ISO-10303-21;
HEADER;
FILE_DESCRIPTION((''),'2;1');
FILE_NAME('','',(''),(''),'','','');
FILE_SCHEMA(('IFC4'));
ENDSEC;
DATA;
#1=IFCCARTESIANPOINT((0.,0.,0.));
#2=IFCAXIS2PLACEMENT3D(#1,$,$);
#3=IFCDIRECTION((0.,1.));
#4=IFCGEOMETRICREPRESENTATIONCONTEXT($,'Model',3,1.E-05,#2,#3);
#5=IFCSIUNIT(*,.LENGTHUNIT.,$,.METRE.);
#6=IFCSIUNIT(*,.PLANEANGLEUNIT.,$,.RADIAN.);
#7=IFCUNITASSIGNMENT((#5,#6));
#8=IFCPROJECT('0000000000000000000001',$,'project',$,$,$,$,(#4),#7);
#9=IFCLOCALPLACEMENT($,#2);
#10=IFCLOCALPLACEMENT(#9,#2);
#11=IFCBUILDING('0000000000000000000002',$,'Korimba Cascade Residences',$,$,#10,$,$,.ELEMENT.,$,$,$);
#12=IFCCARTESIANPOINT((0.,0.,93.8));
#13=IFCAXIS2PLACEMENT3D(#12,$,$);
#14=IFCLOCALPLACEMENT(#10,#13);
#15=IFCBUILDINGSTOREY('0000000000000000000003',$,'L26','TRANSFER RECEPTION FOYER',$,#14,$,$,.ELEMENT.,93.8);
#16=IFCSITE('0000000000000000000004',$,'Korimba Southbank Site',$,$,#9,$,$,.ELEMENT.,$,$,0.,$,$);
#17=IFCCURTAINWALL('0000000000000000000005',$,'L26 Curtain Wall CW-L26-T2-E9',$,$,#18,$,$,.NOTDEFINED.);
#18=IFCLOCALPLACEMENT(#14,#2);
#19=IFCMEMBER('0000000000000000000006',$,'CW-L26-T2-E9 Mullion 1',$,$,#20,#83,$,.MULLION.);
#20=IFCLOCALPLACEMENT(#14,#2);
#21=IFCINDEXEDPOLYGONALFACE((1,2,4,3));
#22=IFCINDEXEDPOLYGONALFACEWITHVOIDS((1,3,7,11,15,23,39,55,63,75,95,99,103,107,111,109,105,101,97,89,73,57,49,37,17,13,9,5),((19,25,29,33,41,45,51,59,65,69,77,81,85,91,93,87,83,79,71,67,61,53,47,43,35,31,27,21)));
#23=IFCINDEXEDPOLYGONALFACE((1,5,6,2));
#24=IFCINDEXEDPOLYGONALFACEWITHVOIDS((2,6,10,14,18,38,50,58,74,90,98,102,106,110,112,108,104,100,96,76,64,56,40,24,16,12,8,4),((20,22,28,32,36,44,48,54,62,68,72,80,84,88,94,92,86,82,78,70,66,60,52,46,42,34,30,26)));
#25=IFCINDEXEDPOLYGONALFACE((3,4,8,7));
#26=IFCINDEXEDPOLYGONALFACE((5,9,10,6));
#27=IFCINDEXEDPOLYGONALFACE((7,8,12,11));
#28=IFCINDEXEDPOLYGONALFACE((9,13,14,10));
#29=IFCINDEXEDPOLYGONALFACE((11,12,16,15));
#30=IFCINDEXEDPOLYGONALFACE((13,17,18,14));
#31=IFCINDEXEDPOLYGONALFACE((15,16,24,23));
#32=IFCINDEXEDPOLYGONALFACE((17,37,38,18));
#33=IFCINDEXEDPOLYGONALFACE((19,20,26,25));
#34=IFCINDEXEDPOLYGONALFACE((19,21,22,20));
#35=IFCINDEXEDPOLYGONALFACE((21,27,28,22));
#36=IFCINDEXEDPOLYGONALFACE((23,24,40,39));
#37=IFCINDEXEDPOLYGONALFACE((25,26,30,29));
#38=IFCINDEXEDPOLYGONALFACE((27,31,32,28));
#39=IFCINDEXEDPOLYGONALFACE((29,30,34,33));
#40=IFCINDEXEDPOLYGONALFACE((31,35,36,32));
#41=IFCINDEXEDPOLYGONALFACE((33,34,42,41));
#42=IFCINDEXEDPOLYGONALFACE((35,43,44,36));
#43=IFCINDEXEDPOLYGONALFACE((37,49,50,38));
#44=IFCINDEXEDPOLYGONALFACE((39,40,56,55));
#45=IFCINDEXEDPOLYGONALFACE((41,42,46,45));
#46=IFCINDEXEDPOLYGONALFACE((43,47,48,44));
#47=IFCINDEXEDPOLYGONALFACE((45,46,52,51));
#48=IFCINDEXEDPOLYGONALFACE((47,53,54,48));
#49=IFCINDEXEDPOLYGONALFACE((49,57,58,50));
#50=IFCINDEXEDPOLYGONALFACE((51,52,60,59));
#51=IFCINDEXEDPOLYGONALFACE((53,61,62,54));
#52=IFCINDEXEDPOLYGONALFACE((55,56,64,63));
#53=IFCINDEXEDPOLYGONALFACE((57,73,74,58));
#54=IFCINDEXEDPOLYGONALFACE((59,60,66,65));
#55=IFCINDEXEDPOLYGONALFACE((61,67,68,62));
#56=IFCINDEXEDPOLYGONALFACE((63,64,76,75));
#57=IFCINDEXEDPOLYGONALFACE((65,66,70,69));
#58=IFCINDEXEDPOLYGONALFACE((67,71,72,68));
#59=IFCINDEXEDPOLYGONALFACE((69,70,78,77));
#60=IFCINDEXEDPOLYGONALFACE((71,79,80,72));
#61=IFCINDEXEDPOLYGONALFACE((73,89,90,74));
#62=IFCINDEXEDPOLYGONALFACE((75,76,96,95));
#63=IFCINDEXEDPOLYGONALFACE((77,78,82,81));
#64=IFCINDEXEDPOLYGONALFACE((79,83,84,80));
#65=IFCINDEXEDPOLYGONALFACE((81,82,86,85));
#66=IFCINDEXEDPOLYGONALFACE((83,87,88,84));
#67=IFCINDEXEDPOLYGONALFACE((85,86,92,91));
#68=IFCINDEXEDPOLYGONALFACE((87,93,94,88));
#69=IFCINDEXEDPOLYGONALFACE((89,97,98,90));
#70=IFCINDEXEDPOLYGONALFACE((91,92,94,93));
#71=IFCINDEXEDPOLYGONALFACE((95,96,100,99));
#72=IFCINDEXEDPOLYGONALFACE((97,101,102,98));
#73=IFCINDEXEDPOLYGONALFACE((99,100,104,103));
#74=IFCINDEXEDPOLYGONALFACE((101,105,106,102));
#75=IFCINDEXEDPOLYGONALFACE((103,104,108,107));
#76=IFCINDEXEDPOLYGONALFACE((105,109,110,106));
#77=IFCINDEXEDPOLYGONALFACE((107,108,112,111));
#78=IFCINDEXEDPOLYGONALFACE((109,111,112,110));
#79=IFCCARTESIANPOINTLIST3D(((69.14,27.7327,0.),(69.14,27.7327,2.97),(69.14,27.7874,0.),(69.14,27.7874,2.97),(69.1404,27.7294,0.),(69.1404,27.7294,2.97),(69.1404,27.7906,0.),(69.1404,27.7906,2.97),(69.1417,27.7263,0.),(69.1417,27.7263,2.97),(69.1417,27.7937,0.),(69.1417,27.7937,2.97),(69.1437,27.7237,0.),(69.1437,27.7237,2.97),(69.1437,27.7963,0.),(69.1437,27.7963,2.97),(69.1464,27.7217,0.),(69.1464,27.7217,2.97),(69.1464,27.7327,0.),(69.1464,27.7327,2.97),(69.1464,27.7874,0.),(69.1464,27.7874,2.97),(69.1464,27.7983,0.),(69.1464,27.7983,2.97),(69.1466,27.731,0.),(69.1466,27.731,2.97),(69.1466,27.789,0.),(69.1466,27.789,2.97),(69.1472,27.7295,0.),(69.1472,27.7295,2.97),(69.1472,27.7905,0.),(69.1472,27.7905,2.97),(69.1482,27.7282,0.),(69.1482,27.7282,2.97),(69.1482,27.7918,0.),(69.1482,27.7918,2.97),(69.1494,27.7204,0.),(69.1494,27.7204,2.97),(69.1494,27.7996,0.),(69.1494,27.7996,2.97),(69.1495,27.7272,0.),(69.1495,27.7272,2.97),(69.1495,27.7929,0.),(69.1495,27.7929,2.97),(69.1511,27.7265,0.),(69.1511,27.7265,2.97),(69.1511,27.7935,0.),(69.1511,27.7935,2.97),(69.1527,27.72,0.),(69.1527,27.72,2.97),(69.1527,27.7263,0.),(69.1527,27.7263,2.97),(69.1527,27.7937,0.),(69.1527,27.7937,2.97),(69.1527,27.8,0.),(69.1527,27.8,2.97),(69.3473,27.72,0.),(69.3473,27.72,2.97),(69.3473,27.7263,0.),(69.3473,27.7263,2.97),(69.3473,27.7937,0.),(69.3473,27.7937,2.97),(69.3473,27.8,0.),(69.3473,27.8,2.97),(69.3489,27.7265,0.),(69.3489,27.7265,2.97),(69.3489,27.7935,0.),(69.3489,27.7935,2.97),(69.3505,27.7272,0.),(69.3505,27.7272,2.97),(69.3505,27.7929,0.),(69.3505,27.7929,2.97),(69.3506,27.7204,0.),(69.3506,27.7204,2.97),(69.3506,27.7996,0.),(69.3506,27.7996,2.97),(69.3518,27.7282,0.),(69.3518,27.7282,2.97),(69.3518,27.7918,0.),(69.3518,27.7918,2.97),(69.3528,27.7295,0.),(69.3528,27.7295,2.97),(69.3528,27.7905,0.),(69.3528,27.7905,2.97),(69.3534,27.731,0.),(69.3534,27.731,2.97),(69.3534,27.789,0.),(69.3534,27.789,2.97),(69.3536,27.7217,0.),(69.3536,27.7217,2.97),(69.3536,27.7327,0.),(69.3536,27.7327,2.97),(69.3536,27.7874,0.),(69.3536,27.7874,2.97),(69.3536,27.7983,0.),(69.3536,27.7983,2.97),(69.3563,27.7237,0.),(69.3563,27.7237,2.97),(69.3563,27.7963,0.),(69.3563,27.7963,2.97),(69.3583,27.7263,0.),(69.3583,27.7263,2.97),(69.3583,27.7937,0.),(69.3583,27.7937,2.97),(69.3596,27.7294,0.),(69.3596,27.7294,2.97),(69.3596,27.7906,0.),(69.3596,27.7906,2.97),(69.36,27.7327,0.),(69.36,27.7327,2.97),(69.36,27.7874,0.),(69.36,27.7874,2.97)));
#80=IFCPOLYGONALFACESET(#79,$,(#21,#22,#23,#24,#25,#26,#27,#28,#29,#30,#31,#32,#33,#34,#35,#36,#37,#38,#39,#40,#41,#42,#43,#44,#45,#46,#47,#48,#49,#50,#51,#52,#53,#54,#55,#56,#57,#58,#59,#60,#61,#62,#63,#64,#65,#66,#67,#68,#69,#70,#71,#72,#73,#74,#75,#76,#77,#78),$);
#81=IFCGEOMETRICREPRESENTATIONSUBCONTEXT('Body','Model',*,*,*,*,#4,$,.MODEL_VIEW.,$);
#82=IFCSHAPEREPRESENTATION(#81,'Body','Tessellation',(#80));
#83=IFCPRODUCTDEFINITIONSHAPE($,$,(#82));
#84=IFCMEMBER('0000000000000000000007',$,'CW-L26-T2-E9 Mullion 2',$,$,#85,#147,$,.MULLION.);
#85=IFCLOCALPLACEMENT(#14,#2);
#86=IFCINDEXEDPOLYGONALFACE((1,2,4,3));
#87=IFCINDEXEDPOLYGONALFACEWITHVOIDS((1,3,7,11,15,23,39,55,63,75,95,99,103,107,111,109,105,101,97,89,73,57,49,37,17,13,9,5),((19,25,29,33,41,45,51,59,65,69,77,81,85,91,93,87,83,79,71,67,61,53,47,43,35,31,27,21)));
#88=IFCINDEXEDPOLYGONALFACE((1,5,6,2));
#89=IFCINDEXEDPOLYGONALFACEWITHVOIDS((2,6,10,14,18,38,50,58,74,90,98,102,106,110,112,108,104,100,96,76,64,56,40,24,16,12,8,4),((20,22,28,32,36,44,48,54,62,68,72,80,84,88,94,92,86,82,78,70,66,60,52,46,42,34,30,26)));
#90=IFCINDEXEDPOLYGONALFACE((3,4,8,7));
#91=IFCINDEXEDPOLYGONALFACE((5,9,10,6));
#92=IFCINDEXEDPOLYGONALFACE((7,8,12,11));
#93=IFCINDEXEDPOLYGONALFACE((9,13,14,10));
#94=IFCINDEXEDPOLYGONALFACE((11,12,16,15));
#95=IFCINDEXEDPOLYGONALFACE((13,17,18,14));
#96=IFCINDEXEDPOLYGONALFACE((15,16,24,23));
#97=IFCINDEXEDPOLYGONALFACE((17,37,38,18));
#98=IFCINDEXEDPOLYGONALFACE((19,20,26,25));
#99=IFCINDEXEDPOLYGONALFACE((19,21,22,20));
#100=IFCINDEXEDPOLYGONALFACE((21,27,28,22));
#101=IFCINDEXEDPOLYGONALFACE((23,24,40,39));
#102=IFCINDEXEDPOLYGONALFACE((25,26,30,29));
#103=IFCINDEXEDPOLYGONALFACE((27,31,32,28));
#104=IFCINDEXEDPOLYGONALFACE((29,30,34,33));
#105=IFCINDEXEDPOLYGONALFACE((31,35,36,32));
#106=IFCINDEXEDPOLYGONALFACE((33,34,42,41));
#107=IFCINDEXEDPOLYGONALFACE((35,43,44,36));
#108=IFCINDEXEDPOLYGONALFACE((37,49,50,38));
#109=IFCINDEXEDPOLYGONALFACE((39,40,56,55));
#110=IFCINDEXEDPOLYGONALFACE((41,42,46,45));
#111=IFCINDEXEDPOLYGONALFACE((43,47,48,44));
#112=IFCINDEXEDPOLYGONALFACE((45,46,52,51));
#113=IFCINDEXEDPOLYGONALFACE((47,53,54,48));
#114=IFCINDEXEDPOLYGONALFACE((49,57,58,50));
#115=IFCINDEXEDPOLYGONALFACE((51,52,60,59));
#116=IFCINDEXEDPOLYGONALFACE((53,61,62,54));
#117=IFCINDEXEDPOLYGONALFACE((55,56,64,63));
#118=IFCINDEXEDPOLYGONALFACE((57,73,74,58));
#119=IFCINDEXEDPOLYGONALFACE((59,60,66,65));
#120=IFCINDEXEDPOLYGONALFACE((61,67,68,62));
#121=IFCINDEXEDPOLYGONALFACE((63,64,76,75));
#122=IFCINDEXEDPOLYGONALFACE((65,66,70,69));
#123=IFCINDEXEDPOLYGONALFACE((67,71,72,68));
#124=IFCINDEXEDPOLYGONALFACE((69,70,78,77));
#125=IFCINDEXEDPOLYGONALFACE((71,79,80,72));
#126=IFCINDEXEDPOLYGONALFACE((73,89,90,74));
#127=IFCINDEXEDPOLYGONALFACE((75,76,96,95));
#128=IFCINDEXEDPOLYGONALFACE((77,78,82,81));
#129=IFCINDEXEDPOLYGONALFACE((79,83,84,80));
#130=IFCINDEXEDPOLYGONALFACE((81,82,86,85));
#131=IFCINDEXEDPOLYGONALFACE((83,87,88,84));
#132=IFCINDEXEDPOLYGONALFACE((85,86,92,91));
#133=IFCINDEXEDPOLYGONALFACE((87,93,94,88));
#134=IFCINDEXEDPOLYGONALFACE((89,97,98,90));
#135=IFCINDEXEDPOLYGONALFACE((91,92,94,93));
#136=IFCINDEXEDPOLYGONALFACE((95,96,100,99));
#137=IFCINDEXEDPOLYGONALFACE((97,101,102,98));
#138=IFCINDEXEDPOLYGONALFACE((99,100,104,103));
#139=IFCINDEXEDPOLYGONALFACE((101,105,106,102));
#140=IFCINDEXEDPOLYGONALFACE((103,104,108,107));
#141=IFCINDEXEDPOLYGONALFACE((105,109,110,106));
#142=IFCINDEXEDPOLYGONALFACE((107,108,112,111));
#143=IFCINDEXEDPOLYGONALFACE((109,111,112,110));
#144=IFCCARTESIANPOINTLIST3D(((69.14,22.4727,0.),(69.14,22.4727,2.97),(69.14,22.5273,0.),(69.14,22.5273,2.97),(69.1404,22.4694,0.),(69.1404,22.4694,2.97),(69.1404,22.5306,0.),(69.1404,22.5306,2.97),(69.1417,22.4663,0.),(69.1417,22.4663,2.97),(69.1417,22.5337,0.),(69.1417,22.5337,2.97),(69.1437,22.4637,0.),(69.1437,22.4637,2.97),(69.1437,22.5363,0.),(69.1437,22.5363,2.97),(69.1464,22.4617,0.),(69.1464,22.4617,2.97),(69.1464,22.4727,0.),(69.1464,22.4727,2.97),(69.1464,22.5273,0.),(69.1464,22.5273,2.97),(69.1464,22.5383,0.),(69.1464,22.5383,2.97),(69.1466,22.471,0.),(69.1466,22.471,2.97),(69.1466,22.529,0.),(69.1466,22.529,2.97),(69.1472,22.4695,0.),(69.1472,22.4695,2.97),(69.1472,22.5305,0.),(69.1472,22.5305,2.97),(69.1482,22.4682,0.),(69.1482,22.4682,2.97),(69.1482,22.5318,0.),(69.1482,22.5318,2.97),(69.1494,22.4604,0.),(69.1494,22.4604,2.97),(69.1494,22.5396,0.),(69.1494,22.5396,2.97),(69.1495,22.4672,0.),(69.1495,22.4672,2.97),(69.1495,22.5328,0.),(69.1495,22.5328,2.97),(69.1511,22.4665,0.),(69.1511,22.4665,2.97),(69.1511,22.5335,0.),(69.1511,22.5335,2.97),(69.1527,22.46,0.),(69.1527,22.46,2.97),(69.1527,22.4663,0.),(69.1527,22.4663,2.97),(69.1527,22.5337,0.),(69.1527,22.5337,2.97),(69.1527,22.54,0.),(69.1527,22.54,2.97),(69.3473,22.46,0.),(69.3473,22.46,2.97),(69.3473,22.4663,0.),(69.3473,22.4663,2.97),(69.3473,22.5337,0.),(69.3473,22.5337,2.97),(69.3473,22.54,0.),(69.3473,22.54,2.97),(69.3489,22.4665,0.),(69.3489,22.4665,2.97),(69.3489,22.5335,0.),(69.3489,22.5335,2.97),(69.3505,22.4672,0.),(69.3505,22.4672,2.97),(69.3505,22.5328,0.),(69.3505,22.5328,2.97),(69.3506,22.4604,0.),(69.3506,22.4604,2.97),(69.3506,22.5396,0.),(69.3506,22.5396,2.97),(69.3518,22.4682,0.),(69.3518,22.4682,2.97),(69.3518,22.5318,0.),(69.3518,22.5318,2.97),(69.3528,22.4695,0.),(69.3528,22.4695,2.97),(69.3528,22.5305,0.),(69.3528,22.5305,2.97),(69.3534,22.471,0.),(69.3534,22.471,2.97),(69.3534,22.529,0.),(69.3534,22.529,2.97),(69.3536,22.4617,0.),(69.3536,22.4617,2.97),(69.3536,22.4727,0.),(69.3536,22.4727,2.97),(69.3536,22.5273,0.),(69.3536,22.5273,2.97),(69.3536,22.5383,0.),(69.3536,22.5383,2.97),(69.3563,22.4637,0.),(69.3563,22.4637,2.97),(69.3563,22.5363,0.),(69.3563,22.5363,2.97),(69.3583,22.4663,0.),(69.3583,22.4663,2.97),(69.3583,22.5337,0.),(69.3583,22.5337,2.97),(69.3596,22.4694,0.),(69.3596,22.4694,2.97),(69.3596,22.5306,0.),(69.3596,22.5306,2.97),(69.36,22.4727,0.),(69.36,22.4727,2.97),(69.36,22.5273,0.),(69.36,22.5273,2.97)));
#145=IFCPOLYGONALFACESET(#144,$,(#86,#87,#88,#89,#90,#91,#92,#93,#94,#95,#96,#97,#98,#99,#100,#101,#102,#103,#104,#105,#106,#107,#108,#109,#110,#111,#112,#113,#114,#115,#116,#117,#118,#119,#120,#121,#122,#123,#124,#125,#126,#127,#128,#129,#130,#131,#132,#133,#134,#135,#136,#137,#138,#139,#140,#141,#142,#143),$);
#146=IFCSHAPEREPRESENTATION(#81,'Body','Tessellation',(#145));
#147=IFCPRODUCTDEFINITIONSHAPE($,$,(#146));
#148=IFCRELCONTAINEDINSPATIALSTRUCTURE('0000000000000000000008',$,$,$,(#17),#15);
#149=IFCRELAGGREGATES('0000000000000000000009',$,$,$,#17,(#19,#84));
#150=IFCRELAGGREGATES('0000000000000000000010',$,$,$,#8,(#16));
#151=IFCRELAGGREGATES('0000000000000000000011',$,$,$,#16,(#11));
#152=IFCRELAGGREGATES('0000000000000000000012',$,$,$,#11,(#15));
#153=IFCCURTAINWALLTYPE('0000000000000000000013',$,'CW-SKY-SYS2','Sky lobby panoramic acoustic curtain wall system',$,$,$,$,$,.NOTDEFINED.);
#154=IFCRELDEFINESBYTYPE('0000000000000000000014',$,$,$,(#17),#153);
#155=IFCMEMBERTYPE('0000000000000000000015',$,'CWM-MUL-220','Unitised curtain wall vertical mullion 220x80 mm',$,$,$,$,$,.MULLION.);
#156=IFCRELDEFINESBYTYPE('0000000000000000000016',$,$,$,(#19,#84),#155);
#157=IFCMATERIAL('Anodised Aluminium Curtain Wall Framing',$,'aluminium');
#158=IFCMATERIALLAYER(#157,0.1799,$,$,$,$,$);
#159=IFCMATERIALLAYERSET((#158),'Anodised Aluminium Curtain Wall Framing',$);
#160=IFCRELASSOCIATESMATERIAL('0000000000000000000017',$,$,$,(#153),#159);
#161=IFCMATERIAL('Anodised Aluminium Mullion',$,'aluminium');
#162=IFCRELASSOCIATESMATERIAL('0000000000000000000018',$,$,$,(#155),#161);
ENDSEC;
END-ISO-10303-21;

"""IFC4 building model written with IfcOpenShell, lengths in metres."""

from ifc_helpers import new_model, si_unit, direction, frame, origin, origin_2d, place, context, subcontext, project, spatial, hollow_rectangle, extrude, material, layer, layer_set, material_profile, profile_set, type_object, element, aggregate, save


model = new_model("IFC4")

# Units and contexts
model_context = context("Model", 3, precision=1e-05, world=origin(), true_north=direction((0.0, 1.0)))
body_context = subcontext(model_context, "Body", "Model", "MODEL_VIEW")
ifc_project = project(units=[si_unit("LENGTHUNIT", "METRE"), si_unit("PLANEANGLEUNIT", "RADIAN")], contexts=[model_context])

# Site, building, storey
site_placement = place(None, origin())
site = spatial("IfcSite", under=ifc_project, at=site_placement, Name="Korimba Southbank Site", CompositionType="ELEMENT", RefElevation=0.0)
building_placement = place(site_placement, origin())
building = spatial("IfcBuilding", under=site, at=building_placement, Name="Korimba Cascade Residences", CompositionType="ELEMENT")
storey_placement = place(building_placement, frame((0.0, 0.0, 93.8)))
storey = spatial("IfcBuildingStorey", under=building, at=storey_placement, Name="L26", Description="TRANSFER RECEPTION FOYER", CompositionType="ELEMENT", Elevation=93.8)

# Curtain wall, members
ifc_material_1 = material(Name="Anodised Aluminium Curtain Wall Framing", Category="aluminium")
ifc_layer_1 = layer(ifc_material_1, 0.1799)
ifc_layer_set_1 = layer_set([ifc_layer_1], Name="Anodised Aluminium Curtain Wall Framing")
curtain_wall_type = type_object("IfcCurtainWallType", Name="CW-SKY-SYS2", Description="Sky lobby panoramic acoustic curtain wall system", PredefinedType="NOTDEFINED", material=ifc_layer_set_1)
curtain_wall_placement = place(storey_placement, origin())
curtain_wall = element("IfcCurtainWall", 1, at=curtain_wall_placement, inside=storey, type_object=curtain_wall_type, Name="L26 Curtain Wall CW-L26-T2-E9", PredefinedType="NOTDEFINED")
ifc_material_2 = material(Name="Anodised Aluminium Mullion", Category="aluminium")
ifc_material_profile_1 = material_profile(ifc_material_2, hollow_rectangle(XDim=0.0801, YDim=0.22, WallThickness=0.0063, InnerFilletRadius=0.0063, OuterFilletRadius=0.0127, at=origin_2d()), Name="Anodised Aluminium Mullion")
ifc_profile_set_1 = profile_set([ifc_material_profile_1], Name="Anodised Aluminium Mullion")
member_type_1 = type_object("IfcMemberType", Name="CWM-MUL-220", Description="Unitised curtain wall vertical mullion 220x80 mm", PredefinedType="MULLION", material=ifc_profile_set_1)
member_1_placement = place(storey_placement, frame((69.25, 27.76, 0.0), z_axis=(0.0, 0.0, 1.0), x_axis=(0.0, -1.0, 0.0)))
member_1 = element("IfcMember", 2, at=member_1_placement, type_object=member_type_1, Name="CW-L26-T2-E9 Mullion 1", PredefinedType="MULLION", context=body_context, shape_type="SweptSolid", body=[
    extrude(hollow_rectangle(XDim=0.0801, YDim=0.22, WallThickness=0.0063, InnerFilletRadius=0.0063, OuterFilletRadius=0.0127, at=origin_2d()), origin(), (0.0, 0.0, 1.0), 2.97),
])
member_2_placement = place(storey_placement, frame((69.25, 22.5, 0.0), z_axis=(0.0, 0.0, 1.0), x_axis=(0.0, -1.0, 0.0)))
member_2 = element("IfcMember", 3, at=member_2_placement, type_object=member_type_1, Name="CW-L26-T2-E9 Mullion 2", PredefinedType="MULLION", context=body_context, shape_type="SweptSolid", body=[
    extrude(hollow_rectangle(XDim=0.0801, YDim=0.22, WallThickness=0.0063, InnerFilletRadius=0.0063, OuterFilletRadius=0.0127, at=origin_2d()), origin(), (0.0, 0.0, 1.0), 2.97),
])
aggregate(curtain_wall, [member_1, member_2])

save(model, "model.ifc")
